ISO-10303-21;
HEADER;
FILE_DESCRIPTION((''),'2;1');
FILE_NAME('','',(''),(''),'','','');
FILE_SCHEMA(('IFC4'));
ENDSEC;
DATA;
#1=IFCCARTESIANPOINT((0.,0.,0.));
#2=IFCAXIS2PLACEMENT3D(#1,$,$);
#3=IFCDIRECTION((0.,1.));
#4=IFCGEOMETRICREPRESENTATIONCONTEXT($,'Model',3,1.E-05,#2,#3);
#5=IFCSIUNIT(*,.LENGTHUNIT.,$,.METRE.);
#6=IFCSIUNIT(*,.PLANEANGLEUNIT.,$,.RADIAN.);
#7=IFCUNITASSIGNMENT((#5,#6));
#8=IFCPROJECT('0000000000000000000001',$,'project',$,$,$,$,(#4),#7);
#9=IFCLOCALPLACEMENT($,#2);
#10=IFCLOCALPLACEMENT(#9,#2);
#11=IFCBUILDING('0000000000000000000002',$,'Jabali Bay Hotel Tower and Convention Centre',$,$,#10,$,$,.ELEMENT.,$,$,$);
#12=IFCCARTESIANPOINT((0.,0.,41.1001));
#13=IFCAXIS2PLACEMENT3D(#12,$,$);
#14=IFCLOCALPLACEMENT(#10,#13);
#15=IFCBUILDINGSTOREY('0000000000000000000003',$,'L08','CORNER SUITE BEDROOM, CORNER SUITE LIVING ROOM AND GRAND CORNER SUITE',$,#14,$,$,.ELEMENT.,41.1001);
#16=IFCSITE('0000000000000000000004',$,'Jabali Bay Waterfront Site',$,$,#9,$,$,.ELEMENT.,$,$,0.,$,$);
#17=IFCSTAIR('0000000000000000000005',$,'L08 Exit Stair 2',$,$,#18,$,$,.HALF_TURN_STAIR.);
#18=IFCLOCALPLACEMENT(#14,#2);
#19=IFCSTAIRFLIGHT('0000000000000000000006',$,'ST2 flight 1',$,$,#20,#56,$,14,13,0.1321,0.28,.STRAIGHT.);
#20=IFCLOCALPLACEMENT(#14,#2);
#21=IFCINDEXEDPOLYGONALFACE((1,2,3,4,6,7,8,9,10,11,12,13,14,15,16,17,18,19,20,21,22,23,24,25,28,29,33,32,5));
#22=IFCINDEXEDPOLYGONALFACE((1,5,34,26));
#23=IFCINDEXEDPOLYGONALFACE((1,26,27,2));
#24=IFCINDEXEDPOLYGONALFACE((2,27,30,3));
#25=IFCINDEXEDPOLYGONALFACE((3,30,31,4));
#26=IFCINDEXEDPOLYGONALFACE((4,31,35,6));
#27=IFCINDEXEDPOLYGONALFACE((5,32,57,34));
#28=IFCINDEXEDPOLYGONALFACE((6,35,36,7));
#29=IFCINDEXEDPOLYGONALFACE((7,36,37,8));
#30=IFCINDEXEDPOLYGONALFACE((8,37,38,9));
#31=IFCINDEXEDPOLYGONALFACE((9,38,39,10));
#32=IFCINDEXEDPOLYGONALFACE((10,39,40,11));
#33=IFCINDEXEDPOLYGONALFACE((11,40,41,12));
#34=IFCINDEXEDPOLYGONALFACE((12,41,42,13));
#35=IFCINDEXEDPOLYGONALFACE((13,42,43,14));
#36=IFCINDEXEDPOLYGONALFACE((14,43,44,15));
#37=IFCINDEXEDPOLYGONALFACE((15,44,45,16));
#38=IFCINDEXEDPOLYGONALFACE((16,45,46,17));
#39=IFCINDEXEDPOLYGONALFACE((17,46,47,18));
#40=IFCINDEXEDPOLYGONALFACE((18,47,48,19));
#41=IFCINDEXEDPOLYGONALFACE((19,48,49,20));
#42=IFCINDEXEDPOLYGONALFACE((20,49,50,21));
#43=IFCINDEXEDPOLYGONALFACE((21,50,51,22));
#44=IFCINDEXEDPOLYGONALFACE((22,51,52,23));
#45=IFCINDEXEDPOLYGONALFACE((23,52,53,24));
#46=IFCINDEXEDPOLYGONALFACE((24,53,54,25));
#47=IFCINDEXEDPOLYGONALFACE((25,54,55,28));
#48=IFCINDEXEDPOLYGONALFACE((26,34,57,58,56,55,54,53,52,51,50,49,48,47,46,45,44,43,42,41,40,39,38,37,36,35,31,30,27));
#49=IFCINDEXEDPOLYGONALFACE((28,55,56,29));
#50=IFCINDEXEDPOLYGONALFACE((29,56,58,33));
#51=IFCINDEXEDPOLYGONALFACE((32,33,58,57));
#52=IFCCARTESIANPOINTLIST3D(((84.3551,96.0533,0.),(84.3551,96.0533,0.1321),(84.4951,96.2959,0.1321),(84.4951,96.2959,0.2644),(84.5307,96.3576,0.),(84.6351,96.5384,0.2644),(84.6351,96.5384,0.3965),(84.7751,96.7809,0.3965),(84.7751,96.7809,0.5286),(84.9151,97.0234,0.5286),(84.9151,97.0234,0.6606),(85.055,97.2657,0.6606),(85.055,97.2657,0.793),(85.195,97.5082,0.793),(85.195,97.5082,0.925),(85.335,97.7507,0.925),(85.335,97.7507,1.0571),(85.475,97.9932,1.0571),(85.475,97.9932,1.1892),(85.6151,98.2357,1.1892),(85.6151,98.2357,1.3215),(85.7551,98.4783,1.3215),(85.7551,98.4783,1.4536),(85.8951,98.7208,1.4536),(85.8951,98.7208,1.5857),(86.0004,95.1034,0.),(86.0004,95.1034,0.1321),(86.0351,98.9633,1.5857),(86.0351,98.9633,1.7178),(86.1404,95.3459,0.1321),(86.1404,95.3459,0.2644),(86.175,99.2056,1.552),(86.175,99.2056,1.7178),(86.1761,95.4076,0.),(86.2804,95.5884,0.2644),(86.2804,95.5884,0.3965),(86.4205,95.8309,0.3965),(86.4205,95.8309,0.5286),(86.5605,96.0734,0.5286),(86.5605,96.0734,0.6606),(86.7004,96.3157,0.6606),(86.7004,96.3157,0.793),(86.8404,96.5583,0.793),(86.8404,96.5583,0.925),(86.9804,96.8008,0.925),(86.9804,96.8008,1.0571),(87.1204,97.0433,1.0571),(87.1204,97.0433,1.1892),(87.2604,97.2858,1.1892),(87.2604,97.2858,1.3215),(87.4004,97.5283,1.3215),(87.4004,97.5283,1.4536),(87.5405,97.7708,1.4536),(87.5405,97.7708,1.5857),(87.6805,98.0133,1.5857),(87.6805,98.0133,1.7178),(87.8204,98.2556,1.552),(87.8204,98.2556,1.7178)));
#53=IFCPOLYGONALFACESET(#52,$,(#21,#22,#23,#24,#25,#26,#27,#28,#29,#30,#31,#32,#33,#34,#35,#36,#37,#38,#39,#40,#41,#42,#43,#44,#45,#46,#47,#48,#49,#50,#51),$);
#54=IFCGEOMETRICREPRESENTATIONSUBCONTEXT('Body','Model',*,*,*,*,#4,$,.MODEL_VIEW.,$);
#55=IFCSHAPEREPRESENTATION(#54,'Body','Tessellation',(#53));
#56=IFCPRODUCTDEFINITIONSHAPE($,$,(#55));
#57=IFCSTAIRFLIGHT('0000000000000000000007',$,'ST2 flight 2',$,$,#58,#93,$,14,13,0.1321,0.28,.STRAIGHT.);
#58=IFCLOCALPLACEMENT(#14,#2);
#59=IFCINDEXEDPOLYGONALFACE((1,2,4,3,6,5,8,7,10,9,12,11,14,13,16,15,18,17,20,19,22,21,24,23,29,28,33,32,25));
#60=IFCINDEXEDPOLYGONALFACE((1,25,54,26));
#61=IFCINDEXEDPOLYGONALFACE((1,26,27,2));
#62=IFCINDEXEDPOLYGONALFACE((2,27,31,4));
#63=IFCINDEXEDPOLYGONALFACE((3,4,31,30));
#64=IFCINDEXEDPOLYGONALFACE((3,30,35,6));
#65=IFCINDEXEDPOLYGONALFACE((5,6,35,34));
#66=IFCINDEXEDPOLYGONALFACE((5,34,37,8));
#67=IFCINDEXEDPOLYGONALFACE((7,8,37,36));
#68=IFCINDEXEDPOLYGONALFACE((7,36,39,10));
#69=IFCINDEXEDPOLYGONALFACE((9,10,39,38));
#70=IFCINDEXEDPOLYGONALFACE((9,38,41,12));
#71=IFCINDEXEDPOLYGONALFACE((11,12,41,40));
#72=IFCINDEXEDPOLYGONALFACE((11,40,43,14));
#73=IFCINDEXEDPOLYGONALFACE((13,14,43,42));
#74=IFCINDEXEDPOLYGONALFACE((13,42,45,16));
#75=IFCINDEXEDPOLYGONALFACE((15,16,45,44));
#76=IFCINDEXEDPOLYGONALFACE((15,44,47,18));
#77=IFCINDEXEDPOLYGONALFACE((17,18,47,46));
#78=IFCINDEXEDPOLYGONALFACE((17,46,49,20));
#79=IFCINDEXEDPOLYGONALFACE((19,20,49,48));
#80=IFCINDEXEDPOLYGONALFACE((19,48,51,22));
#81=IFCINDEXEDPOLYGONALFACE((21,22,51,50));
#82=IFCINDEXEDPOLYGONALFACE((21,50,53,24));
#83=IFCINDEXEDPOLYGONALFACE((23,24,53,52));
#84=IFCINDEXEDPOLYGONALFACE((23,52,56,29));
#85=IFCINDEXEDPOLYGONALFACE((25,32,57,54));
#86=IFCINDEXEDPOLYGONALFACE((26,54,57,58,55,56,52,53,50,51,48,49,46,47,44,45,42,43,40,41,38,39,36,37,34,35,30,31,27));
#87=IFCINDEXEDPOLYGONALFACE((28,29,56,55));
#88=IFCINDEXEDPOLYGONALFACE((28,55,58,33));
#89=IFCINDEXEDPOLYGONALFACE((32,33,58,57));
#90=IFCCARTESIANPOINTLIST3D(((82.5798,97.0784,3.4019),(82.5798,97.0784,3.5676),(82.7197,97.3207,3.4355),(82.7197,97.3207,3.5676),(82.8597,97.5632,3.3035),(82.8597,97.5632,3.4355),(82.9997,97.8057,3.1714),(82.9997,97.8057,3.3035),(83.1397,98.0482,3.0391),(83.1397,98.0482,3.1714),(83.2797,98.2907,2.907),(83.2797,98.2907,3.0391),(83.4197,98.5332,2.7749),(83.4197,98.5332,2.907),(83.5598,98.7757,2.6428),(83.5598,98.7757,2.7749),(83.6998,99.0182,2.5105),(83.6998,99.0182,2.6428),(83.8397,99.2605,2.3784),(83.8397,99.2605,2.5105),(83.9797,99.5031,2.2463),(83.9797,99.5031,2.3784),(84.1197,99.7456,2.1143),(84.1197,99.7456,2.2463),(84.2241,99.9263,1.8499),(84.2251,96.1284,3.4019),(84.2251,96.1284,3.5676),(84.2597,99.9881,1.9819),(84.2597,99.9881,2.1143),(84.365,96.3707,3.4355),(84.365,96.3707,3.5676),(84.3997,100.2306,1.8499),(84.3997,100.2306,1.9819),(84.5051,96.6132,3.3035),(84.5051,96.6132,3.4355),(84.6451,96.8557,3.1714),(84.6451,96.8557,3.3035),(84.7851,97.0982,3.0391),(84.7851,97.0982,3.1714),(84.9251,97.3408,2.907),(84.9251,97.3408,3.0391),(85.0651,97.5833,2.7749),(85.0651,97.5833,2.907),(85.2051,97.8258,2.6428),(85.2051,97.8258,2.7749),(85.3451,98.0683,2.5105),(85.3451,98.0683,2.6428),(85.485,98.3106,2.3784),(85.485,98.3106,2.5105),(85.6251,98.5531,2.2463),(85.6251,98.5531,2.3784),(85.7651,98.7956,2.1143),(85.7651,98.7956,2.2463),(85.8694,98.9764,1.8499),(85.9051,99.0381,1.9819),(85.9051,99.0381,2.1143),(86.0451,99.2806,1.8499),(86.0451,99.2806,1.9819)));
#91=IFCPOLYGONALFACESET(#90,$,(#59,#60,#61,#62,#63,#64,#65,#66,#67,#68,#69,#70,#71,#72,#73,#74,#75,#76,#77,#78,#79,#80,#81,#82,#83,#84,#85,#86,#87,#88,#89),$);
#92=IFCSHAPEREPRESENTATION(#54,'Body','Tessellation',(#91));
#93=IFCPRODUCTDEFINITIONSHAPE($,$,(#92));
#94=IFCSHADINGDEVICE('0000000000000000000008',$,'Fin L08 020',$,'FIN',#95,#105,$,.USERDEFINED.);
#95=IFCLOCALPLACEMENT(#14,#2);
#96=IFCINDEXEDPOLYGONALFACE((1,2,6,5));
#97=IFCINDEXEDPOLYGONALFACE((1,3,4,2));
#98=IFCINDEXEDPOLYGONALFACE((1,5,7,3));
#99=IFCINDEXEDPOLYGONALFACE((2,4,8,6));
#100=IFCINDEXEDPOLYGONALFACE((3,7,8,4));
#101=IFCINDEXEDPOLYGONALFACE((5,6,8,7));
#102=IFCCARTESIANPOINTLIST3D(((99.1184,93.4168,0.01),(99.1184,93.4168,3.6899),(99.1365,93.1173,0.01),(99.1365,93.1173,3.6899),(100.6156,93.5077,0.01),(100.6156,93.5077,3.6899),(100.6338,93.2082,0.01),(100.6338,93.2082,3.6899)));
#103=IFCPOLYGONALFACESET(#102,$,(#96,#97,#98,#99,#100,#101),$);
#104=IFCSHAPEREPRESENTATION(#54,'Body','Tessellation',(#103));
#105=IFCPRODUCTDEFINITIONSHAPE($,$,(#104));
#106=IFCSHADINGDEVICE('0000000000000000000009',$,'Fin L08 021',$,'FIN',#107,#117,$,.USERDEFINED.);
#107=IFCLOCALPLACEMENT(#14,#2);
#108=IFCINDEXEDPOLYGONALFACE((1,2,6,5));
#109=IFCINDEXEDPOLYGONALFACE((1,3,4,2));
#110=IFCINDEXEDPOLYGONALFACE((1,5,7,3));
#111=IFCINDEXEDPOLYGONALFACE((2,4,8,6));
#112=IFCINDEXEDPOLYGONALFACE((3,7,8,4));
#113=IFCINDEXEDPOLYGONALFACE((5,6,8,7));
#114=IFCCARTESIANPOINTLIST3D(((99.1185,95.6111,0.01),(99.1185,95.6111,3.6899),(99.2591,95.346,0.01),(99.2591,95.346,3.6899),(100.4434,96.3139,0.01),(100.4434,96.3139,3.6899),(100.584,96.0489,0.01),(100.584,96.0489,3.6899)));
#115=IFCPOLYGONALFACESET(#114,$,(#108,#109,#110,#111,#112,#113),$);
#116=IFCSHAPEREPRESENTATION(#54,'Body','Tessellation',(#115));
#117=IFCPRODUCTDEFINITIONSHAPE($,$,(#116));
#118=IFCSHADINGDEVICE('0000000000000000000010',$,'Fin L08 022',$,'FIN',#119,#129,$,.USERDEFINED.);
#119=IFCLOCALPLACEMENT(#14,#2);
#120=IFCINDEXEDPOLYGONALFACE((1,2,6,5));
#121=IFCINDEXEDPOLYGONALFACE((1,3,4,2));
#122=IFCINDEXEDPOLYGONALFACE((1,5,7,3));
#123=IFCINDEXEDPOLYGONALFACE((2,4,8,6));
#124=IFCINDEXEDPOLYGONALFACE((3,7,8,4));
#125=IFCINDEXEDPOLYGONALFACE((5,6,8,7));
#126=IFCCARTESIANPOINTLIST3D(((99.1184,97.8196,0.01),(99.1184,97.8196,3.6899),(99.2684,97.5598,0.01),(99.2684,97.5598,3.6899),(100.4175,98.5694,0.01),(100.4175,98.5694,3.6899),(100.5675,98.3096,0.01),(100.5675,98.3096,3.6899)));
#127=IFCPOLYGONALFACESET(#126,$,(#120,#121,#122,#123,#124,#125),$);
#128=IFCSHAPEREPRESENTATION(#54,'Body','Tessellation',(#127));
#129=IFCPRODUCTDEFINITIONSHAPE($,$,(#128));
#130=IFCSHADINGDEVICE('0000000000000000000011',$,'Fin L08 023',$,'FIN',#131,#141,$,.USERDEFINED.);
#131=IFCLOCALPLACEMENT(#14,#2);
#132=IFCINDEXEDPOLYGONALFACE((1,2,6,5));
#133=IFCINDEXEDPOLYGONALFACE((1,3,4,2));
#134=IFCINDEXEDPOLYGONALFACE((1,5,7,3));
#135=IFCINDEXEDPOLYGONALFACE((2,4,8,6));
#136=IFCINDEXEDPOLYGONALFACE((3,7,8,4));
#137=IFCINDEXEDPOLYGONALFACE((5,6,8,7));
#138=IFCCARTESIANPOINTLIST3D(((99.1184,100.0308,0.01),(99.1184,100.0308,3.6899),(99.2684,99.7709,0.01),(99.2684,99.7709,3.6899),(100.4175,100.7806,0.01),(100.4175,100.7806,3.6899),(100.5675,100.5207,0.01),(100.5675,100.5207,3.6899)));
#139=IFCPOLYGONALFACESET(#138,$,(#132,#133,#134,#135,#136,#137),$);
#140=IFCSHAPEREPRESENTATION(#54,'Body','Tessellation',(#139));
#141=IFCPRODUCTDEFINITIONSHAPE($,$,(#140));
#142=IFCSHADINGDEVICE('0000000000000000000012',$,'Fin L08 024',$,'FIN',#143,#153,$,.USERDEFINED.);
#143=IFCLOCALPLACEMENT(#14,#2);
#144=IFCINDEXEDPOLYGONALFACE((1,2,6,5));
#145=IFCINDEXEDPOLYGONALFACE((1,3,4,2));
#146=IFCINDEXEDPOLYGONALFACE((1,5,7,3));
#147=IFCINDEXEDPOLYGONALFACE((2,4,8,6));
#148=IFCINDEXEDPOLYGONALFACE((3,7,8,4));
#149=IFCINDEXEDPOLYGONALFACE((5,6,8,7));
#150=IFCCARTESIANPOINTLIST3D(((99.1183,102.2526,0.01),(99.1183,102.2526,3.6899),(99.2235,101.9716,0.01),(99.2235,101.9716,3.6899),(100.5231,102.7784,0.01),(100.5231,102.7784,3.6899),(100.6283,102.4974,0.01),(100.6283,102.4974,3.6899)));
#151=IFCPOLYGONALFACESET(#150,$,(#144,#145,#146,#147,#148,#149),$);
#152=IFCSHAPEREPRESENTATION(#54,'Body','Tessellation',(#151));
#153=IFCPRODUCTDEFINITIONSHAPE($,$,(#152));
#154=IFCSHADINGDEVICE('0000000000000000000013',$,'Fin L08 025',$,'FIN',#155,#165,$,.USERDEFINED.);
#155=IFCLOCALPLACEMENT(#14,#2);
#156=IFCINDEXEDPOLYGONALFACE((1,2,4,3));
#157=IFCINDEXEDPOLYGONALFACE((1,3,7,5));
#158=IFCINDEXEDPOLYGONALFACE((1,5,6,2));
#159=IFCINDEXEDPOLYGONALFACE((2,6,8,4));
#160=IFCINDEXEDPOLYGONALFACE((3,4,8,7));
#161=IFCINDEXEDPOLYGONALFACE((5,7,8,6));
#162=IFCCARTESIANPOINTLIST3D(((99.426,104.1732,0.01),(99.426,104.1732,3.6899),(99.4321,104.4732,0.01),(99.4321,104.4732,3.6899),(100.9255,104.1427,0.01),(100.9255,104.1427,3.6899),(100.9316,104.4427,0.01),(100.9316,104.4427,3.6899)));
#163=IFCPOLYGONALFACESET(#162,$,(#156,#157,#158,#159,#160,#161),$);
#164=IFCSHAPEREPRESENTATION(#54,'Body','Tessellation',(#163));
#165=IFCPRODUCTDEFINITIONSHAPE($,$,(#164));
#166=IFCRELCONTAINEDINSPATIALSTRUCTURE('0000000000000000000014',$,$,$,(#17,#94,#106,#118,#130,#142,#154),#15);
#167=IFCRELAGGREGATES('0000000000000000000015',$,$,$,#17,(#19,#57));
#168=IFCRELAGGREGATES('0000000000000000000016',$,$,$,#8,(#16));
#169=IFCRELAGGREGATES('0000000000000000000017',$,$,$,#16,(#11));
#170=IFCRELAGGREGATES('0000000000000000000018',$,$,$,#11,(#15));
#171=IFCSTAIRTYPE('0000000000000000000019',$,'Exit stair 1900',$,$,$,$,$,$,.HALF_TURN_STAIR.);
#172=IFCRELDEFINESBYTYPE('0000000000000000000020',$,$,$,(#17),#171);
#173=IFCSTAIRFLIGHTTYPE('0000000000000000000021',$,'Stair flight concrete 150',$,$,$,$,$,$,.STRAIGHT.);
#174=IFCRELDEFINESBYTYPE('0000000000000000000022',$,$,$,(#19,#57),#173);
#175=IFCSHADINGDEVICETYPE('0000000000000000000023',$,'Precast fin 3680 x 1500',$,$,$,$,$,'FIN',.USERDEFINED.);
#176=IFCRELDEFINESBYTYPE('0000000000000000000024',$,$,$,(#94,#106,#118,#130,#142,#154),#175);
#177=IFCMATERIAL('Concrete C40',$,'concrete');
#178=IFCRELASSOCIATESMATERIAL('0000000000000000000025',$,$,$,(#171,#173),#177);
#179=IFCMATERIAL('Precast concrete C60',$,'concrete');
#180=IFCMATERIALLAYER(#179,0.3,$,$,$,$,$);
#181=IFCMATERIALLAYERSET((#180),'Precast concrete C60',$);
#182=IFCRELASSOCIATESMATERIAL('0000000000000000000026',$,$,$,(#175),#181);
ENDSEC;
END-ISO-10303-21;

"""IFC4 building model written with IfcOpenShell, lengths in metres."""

from ifc_helpers import new_model, si_unit, direction, frame, frame_2d, origin, place, context, subcontext, project, spatial, polyline, rectangle, outline, extrude, material, layer, layer_set, type_object, element, aggregate, save


model = new_model("IFC4")

# Units and contexts
model_context = context("Model", 3, precision=1e-05, world=origin(), true_north=direction((0.0, 1.0)))
body_context = subcontext(model_context, "Body", "Model", "MODEL_VIEW")
ifc_project = project(units=[si_unit("LENGTHUNIT", "METRE"), si_unit("PLANEANGLEUNIT", "RADIAN")], contexts=[model_context])

# Site, building, storey
site_placement = place(None, origin())
site = spatial("IfcSite", under=ifc_project, at=site_placement, Name="Jabali Bay Waterfront Site", CompositionType="ELEMENT", RefElevation=0.0)
building_placement = place(site_placement, origin())
building = spatial("IfcBuilding", under=site, at=building_placement, Name="Jabali Bay Hotel Tower and Convention Centre", CompositionType="ELEMENT")
storey_placement = place(building_placement, frame((0.0, 0.0, 41.1001)))
storey = spatial("IfcBuildingStorey", under=building, at=storey_placement, Name="L08", Description="CORNER SUITE BEDROOM, CORNER SUITE LIVING ROOM AND GRAND CORNER SUITE", CompositionType="ELEMENT", Elevation=41.1001)

# Shared definitions
ifc_material_1 = material(Name="Concrete C40", Category="concrete")

# Stair, stair flights
stair_type = type_object("IfcStairType", Name="Exit stair 1900", PredefinedType="HALF_TURN_STAIR", material=ifc_material_1)
stair_placement = place(storey_placement, origin())
stair = element("IfcStair", 1, at=stair_placement, inside=storey, type_object=stair_type, Name="L08 Exit Stair 2", PredefinedType="HALF_TURN_STAIR")
stair_flight_type = type_object("IfcStairFlightType", Name="Stair flight concrete 150", PredefinedType="STRAIGHT", material=ifc_material_1)
stair_flight_1_placement = place(storey_placement, frame((85.1777, 95.5784, 0.0), z_axis=(0.0, 0.0, 1.0), x_axis=(0.5, 0.866025, 0.0)))
stair_flight_1 = element("IfcStairFlight", 2, at=stair_flight_1_placement, type_object=stair_flight_type, Name="ST2 flight 1", NumberOfRisers=14, NumberOfTreads=13, PredefinedType="STRAIGHT", RiserHeight=0.1321, TreadLength=0.28, context=body_context, shape_type="SweptSolid", body=[
    extrude(outline(polyline([(0.0, 0.0), (0.0, 0.1321), (0.28, 0.1321), (0.28, 0.2644), (0.5601, 0.2644), (0.5601, 0.3965), (0.8401, 0.3965), (0.8401, 0.5286), (1.1201, 0.5286), (1.1201, 0.6606), (1.3999, 0.6606), (1.3999, 0.793), (1.6799, 0.793), (1.6799, 0.925), (1.96, 0.925), (1.96, 1.0571), (2.24, 1.0571), (2.24, 1.1892), (2.52, 1.1892), (2.52, 1.3215), (2.8, 1.3215), (2.8, 1.4536), (3.0801, 1.4536), (3.0801, 1.5857), (3.3601, 1.5857), (3.3601, 1.7178), (3.6399, 1.7178), (3.6399, 1.8501), (3.6399, 1.552), (0.3513, 0.0), (0.0, 0.0)])), frame((0.0, 0.95, 0.0), z_axis=(0.0, -1.0, 0.0), x_axis=(1.0, 0.0, 0.0)), (0.0, 0.0, 1.0), 1.8999),
])
stair_flight_2_placement = place(storey_placement, frame((85.2224, 99.7556, 1.8499), z_axis=(0.0, 0.0, 1.0), x_axis=(-0.5, -0.866025, 0.0)))
stair_flight_2 = element("IfcStairFlight", 3, at=stair_flight_2_placement, type_object=stair_flight_type, Name="ST2 flight 2", NumberOfRisers=14, NumberOfTreads=13, PredefinedType="STRAIGHT", RiserHeight=0.1321, TreadLength=0.28, context=body_context, shape_type="SweptSolid", body=[
    extrude(outline(polyline([(0.0, 0.0), (0.0, 0.1321), (0.28, 0.1321), (0.28, 0.2644), (0.5601, 0.2644), (0.5601, 0.3965), (0.8401, 0.3965), (0.8401, 0.5286), (1.1201, 0.5286), (1.1201, 0.6606), (1.3999, 0.6606), (1.3999, 0.793), (1.6799, 0.793), (1.6799, 0.925), (1.96, 0.925), (1.96, 1.0571), (2.24, 1.0571), (2.24, 1.1892), (2.52, 1.1892), (2.52, 1.3215), (2.8, 1.3215), (2.8, 1.4536), (3.0801, 1.4536), (3.0801, 1.5857), (3.3601, 1.5857), (3.3601, 1.7178), (3.6399, 1.7178), (3.6399, 1.8501), (3.6399, 1.552), (0.3513, 0.0), (0.0, 0.0)])), frame((0.0, 0.95, 0.0), z_axis=(0.0, -1.0, 0.0), x_axis=(1.0, 0.0, 0.0)), (0.0, 0.0, 1.0), 1.8999),
])
aggregate(stair, [stair_flight_1, stair_flight_2])

# Shading devices
ifc_material_2 = material(Name="Precast concrete C60", Category="concrete")
ifc_layer_1 = layer(ifc_material_2, 0.3)
ifc_layer_set_1 = layer_set([ifc_layer_1], Name="Precast concrete C60")
shading_device_type = type_object("IfcShadingDeviceType", Name="Precast fin 3680 x 1500", ElementType="FIN", PredefinedType="USERDEFINED", material=ifc_layer_set_1)
shading_device_1_placement = place(storey_placement, frame((99.1274, 93.2671, 0.01), z_axis=(0.0, 0.0, 1.0), x_axis=(0.998166, 0.060544, 0.0)))
element("IfcShadingDevice", 4, at=shading_device_1_placement, inside=storey, type_object=shading_device_type, Name="Fin L08 020", ObjectType="FIN", PredefinedType="USERDEFINED", context=body_context, shape_type="SweptSolid", body=[
    extrude(rectangle(XDim=1.5, YDim=0.3, at=frame_2d((0.75, 0.0))), origin(), (0.0, 0.0, 1.0), 3.6799),
])
shading_device_2_placement = place(storey_placement, frame((99.1887, 95.4785, 0.01), z_axis=(0.0, 0.0, 1.0), x_axis=(0.883392, 0.468635, 0.0)))
element("IfcShadingDevice", 5, at=shading_device_2_placement, inside=storey, type_object=shading_device_type, Name="Fin L08 021", ObjectType="FIN", PredefinedType="USERDEFINED", context=body_context, shape_type="SweptSolid", body=[
    extrude(rectangle(XDim=1.4998, YDim=0.3, at=frame_2d((0.75, 0.0))), origin(), (0.0, 0.0, 1.0), 3.6799),
])
for number, where, z_axis, x_axis, name in (
    (6, (99.1934, 97.6897, 0.01), (0.0, 0.0, 1.0), (0.866102, 0.499868, 0.0), "Fin L08 022"),
    (7, (99.1934, 99.9009, 0.01), (0.0, 0.0, 1.0), (0.866102, 0.499868, 0.0), "Fin L08 023"),
    (8, (99.1709, 102.1121, 0.01), (0.0, 0.0, 1.0), (0.93653, 0.350588, 0.0), "Fin L08 024"),
):
    element("IfcShadingDevice", number, at=place(storey_placement, frame(where, z_axis=z_axis, x_axis=x_axis)), inside=storey, type_object=shading_device_type, Name=name, ObjectType="FIN", PredefinedType="USERDEFINED", context=body_context, shape_type="SweptSolid", body=[
        extrude(rectangle(XDim=1.5, YDim=0.3, at=frame_2d((0.75, 0.0))), origin(), (0.0, 0.0, 1.0), 3.6799),
    ])
shading_device_3_placement = place(storey_placement, frame((99.429, 104.3232, 0.01), z_axis=(0.0, 0.0, 1.0), x_axis=(0.999793, -0.020347, 0.0)))
element("IfcShadingDevice", 9, at=shading_device_3_placement, inside=storey, type_object=shading_device_type, Name="Fin L08 025", ObjectType="FIN", PredefinedType="USERDEFINED", context=body_context, shape_type="SweptSolid", body=[
    extrude(rectangle(XDim=1.4998, YDim=0.3, at=frame_2d((0.75, 0.0))), origin(), (0.0, 0.0, 1.0), 3.6799),
])

save(model, "model.ifc")
